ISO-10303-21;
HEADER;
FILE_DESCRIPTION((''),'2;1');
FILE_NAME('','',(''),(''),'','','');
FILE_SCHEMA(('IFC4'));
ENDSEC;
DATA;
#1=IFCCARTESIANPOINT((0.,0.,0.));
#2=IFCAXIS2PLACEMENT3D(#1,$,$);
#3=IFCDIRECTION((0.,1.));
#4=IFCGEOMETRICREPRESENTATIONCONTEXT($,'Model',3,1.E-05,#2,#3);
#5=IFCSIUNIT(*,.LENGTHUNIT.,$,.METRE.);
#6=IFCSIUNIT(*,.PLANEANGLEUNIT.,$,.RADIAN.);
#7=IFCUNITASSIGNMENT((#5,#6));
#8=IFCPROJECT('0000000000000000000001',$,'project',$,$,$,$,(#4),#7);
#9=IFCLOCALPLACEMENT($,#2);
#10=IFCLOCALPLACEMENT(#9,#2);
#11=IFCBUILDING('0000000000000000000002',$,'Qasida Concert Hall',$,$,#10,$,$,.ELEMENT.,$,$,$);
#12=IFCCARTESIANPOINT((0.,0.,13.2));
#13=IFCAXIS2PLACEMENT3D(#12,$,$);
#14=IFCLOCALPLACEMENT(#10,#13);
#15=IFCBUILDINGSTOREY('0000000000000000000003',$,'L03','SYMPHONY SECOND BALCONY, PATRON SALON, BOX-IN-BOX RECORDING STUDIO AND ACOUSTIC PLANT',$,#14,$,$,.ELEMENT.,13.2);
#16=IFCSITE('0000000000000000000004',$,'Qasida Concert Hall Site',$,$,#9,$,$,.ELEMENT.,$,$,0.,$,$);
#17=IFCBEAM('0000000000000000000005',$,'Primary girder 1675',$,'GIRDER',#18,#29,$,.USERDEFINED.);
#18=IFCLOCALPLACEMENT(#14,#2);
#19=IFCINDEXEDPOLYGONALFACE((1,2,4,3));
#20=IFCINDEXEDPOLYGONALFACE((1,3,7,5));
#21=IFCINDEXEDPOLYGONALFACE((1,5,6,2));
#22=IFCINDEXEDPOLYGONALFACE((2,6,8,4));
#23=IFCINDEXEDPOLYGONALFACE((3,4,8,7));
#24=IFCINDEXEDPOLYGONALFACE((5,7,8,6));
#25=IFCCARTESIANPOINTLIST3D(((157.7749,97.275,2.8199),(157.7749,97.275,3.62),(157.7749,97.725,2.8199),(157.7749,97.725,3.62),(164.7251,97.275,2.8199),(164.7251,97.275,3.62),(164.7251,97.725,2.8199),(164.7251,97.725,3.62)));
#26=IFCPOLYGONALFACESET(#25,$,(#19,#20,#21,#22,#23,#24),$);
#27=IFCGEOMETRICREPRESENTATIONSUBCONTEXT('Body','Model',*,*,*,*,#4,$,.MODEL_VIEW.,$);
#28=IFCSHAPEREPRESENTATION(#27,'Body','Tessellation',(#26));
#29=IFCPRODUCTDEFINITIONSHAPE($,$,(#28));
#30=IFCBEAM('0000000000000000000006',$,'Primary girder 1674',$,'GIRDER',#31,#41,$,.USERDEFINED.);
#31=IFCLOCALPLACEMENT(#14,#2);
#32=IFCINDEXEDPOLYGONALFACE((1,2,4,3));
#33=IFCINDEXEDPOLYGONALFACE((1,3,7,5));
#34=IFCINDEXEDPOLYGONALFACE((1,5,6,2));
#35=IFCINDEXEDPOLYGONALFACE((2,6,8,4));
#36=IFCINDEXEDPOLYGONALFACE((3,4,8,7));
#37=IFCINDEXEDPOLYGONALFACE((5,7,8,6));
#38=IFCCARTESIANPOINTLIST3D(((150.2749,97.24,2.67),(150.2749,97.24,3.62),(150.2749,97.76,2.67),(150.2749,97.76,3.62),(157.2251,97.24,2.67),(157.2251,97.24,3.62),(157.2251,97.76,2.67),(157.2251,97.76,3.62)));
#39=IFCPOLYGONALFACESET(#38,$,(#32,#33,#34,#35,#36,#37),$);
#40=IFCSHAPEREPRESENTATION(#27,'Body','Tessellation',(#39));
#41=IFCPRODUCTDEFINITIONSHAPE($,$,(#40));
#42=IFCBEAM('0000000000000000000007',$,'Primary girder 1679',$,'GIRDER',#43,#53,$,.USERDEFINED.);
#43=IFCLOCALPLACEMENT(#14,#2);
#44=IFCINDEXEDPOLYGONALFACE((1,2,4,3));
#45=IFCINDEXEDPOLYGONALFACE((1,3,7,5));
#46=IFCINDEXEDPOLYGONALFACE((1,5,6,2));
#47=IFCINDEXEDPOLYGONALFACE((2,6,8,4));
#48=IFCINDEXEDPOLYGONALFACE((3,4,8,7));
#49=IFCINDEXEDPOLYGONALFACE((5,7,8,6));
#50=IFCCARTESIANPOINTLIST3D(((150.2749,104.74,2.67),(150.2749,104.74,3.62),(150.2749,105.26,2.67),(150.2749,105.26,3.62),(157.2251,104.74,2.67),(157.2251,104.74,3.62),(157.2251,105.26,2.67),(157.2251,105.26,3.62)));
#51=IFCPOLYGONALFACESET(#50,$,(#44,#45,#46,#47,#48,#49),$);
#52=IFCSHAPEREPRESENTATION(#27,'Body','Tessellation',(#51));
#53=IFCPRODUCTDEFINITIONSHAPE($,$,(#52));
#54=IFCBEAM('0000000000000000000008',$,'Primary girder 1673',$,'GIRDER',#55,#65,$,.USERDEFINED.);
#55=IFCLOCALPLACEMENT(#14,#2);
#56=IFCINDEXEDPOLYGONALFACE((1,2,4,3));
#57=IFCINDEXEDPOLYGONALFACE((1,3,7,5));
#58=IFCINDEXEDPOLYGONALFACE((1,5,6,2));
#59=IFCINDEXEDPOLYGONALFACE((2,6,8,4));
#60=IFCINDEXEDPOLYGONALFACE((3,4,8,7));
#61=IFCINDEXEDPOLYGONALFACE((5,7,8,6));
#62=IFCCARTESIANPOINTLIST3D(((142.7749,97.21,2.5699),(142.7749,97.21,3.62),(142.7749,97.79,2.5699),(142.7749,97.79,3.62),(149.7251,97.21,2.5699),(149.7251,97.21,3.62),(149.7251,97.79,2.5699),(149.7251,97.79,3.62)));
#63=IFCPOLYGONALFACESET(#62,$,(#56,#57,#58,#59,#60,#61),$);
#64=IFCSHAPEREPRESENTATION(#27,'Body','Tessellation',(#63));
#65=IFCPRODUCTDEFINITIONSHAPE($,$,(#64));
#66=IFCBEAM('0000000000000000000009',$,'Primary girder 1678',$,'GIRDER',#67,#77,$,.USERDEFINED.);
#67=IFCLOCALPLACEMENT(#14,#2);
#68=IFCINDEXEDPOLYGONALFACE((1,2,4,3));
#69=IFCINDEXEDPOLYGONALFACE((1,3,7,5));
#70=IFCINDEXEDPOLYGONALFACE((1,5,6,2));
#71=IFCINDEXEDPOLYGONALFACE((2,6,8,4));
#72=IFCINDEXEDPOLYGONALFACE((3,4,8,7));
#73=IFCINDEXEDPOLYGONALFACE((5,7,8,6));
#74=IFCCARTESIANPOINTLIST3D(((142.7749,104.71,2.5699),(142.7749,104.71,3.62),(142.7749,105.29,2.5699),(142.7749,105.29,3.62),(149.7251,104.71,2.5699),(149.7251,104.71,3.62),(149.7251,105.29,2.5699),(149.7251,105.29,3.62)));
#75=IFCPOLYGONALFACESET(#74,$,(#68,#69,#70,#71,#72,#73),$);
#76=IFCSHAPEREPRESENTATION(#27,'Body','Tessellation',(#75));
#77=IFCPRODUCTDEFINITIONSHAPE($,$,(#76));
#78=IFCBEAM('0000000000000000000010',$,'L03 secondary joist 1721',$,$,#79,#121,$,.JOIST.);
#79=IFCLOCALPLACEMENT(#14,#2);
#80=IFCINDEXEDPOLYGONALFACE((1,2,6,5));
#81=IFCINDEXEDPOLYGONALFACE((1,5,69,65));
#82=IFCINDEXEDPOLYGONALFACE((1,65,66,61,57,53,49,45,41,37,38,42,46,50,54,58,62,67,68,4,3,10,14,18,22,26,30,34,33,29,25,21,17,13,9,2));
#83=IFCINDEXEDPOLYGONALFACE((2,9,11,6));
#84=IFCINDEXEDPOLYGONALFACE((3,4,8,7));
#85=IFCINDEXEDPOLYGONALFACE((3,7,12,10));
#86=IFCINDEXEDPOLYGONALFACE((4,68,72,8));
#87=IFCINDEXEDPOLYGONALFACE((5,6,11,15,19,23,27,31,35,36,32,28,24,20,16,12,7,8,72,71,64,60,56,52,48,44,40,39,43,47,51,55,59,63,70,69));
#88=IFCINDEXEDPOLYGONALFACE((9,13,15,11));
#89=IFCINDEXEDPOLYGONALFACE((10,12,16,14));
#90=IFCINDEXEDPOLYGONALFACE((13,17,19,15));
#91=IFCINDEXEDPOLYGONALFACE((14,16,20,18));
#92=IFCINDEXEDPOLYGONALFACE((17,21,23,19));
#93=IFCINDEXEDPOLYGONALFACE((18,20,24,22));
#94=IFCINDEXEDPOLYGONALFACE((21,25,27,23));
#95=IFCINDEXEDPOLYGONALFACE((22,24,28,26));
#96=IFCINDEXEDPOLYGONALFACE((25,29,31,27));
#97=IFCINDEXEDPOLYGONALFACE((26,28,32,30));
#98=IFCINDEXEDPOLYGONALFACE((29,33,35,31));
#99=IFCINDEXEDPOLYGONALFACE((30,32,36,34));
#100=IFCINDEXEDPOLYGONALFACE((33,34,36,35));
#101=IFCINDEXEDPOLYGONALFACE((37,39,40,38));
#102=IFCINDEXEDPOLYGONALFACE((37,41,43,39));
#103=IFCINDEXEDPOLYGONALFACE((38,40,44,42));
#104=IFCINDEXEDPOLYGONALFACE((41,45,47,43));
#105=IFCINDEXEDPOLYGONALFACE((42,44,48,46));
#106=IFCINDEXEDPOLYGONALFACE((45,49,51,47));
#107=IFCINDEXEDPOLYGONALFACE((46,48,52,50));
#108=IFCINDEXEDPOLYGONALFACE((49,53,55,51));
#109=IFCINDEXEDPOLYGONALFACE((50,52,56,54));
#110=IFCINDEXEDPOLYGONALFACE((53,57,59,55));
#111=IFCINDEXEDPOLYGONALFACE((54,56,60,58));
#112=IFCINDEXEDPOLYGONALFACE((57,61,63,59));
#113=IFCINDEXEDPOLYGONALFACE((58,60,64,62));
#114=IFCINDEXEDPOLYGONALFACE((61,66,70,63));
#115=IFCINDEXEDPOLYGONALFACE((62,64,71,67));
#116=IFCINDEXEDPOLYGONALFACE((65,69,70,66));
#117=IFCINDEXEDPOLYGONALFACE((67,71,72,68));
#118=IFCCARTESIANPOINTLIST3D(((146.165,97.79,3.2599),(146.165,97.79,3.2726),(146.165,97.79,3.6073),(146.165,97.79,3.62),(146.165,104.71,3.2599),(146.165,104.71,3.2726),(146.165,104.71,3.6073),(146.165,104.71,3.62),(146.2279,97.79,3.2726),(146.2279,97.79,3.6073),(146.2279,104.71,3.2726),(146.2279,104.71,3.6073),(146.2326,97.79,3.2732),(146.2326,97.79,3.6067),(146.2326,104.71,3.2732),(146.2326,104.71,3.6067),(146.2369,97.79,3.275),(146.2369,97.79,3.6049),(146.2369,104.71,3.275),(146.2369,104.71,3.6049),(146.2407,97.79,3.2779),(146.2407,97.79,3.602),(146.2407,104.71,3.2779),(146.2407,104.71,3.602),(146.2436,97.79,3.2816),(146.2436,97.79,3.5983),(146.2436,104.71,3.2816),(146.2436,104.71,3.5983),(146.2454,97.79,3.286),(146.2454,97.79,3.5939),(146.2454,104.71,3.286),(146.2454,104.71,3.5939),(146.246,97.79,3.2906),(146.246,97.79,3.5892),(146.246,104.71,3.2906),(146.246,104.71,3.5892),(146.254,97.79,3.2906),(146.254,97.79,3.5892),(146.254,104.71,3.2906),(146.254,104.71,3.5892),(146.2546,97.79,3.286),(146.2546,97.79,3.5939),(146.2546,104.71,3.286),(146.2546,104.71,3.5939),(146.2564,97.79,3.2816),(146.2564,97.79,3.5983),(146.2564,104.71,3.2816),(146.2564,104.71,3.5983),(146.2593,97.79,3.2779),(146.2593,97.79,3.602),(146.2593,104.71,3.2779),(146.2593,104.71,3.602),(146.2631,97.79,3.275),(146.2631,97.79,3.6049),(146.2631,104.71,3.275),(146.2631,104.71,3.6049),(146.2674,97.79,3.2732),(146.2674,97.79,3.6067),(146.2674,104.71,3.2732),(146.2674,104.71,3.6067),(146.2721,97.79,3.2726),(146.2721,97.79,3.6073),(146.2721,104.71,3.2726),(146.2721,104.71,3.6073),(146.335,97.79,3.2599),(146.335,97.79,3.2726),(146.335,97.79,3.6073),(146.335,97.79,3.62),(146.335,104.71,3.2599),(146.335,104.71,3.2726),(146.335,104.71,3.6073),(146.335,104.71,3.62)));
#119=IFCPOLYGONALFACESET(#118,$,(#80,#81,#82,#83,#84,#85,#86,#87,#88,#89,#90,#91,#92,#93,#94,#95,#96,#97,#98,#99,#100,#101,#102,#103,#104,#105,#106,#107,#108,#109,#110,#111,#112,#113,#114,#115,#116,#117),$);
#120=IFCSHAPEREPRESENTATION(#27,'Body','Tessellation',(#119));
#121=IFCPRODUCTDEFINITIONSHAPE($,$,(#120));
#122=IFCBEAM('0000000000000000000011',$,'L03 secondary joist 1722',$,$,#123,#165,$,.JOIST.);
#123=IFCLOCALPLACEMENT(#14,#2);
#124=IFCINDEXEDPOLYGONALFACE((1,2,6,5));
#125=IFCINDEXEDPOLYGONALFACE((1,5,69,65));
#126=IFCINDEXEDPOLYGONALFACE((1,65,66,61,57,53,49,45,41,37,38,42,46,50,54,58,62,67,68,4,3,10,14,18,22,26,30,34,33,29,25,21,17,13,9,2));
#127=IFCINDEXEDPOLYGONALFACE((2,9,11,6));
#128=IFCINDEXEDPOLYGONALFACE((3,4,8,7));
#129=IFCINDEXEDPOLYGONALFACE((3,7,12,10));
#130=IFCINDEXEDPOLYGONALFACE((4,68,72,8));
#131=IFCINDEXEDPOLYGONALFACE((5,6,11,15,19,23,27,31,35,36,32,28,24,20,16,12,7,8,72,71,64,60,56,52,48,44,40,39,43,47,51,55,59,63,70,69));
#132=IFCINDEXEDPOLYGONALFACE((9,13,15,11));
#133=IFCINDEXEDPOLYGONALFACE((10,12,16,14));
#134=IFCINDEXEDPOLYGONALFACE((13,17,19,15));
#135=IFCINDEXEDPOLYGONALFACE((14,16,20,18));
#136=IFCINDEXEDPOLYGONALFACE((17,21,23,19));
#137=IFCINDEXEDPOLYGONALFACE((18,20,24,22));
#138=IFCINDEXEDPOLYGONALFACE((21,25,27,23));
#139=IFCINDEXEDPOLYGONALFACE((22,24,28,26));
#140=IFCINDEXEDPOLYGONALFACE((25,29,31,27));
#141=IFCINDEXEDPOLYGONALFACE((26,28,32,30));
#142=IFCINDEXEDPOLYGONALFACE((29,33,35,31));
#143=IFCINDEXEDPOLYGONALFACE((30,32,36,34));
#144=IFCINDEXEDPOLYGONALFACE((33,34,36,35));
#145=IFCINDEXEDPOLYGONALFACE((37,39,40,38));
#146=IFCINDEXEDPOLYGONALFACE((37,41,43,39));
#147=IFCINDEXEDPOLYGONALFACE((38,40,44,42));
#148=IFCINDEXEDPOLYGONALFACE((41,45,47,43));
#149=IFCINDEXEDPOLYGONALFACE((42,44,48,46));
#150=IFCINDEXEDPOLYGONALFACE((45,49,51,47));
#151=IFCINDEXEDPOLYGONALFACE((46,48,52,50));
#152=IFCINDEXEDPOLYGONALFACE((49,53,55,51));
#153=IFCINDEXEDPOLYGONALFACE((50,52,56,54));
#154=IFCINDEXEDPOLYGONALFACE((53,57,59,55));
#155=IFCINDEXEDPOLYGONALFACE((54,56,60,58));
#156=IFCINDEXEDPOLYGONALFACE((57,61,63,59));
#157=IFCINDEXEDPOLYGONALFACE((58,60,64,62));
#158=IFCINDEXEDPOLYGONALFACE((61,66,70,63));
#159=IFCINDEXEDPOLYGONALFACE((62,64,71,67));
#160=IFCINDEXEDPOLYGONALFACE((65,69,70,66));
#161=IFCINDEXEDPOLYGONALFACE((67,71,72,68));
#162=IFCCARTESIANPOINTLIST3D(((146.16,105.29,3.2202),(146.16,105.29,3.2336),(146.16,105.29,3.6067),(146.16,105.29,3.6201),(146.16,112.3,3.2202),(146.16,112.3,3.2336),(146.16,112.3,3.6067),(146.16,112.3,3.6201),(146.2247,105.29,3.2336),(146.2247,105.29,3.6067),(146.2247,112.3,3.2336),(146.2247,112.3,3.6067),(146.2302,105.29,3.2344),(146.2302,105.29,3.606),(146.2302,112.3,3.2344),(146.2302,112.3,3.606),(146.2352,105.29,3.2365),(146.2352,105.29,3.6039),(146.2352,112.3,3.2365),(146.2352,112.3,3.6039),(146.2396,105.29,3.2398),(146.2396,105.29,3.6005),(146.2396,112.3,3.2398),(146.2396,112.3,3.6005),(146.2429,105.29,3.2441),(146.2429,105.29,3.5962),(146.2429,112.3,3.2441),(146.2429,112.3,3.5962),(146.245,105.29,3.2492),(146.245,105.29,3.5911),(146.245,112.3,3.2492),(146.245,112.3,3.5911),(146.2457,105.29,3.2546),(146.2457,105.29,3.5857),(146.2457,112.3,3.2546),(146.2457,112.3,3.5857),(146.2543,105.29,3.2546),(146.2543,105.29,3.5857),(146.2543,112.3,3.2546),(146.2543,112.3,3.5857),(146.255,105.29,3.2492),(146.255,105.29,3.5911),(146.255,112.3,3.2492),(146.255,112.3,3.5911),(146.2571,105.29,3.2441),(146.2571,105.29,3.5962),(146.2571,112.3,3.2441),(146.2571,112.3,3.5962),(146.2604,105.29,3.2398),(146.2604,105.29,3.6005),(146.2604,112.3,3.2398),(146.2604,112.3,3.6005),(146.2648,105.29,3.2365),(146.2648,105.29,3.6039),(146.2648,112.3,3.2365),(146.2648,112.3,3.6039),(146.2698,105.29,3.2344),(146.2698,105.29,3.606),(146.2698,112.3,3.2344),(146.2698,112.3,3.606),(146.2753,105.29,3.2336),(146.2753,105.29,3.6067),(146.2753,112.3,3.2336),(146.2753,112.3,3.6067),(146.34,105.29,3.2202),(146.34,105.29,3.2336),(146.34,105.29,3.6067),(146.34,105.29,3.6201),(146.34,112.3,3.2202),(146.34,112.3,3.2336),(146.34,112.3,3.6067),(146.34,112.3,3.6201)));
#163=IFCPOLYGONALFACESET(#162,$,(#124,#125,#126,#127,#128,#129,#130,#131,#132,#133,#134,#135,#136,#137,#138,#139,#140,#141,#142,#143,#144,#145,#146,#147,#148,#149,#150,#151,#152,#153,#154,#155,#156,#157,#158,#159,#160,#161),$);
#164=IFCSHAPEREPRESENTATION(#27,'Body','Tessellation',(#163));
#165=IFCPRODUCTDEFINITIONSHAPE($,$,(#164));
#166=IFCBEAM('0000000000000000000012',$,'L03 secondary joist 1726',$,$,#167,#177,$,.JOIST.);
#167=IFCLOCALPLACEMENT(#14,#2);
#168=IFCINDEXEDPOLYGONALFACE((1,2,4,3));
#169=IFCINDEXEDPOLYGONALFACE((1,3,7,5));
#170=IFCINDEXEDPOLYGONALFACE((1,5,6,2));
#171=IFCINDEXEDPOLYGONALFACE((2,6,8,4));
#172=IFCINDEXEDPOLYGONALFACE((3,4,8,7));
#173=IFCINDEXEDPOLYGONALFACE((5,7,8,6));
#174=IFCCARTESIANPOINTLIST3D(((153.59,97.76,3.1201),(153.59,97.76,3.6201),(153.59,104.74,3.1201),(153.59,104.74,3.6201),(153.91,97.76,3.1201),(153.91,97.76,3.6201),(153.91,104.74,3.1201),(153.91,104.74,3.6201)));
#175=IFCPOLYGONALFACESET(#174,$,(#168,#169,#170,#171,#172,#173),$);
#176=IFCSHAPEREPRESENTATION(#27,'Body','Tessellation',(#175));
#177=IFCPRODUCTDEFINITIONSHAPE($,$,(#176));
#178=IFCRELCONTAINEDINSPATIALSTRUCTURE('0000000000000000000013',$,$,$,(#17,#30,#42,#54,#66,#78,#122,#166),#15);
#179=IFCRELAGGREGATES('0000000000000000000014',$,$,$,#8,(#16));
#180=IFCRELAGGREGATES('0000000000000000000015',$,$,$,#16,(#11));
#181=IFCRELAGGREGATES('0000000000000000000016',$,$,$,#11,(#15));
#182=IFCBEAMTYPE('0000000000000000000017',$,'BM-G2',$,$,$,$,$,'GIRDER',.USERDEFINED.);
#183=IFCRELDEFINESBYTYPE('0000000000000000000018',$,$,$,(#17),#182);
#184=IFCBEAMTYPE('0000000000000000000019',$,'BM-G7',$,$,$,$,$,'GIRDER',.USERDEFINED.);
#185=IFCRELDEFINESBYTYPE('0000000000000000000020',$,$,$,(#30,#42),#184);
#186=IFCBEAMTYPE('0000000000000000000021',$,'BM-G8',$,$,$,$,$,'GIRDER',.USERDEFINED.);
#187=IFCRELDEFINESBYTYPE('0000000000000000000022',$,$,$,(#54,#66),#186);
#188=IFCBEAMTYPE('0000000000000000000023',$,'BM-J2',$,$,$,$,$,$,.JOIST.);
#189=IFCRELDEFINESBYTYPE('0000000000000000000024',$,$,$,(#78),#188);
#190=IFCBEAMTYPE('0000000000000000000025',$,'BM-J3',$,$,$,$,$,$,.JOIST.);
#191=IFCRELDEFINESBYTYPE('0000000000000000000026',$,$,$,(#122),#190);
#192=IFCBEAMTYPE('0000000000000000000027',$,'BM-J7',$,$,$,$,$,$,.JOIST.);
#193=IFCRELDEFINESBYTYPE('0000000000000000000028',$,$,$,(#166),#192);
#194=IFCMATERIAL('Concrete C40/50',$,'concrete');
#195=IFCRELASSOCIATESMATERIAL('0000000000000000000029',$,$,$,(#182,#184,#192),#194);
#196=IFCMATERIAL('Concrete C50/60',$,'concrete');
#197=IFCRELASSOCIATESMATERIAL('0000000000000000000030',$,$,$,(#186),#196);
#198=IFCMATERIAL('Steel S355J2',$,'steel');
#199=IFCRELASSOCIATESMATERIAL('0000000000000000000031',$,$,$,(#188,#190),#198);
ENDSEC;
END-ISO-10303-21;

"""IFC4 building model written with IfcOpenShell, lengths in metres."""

from ifc_helpers import new_model, si_unit, direction, frame, origin, origin_2d, place, context, subcontext, project, spatial, rectangle, i_section, extrude, material, material_profile, profile_set, type_object, element, save


model = new_model("IFC4")

# Units and contexts
model_context = context("Model", 3, precision=1e-05, world=origin(), true_north=direction((0.0, 1.0)))
body_context = subcontext(model_context, "Body", "Model", "MODEL_VIEW")
ifc_project = project(units=[si_unit("LENGTHUNIT", "METRE"), si_unit("PLANEANGLEUNIT", "RADIAN")], contexts=[model_context])

# Site, building, storey
site_placement = place(None, origin())
site = spatial("IfcSite", under=ifc_project, at=site_placement, Name="Qasida Concert Hall Site", CompositionType="ELEMENT", RefElevation=0.0)
building_placement = place(site_placement, origin())
building = spatial("IfcBuilding", under=site, at=building_placement, Name="Qasida Concert Hall", CompositionType="ELEMENT")
storey_placement = place(building_placement, frame((0.0, 0.0, 13.2)))
storey = spatial("IfcBuildingStorey", under=building, at=storey_placement, Name="L03", Description="SYMPHONY SECOND BALCONY, PATRON SALON, BOX-IN-BOX RECORDING STUDIO AND ACOUSTIC PLANT", CompositionType="ELEMENT", Elevation=13.2)

# Shared definitions
ifc_material_1 = material(Name="Concrete C50/60", Category="concrete")

# Beams
ifc_material_2 = material(Name="Concrete C40/50", Category="concrete")
ifc_material_3 = material(Name="Steel S355J2", Category="steel")
ifc_material_profile_1 = material_profile(ifc_material_2, rectangle(XDim=0.45, YDim=0.8, at=origin_2d()), Name="RC 450x800")
ifc_profile_set_1 = profile_set([ifc_material_profile_1], Name="Concrete C40/50")
beam_type_1 = type_object("IfcBeamType", Name="BM-G2", ElementType="GIRDER", PredefinedType="USERDEFINED", material=ifc_profile_set_1)
beam_1_placement = place(storey_placement, frame((157.7749, 97.5, 3.22), z_axis=(1.0, 0.0, 0.0), x_axis=(0.0, 1.0, 0.0)))
element("IfcBeam", 1, at=beam_1_placement, inside=storey, type_object=beam_type_1, Name="Primary girder 1675", ObjectType="GIRDER", PredefinedType="USERDEFINED", context=body_context, shape_type="SweptSolid", body=[
    extrude(rectangle(XDim=0.45, YDim=0.8, at=origin_2d()), origin(), (0.0, 0.0, 1.0), 6.9502),
])
ifc_material_profile_2 = material_profile(ifc_material_2, rectangle(XDim=0.52, YDim=0.95, at=origin_2d()), Name="RC 520x950")
ifc_profile_set_2 = profile_set([ifc_material_profile_2], Name="Concrete C40/50")
beam_type_2 = type_object("IfcBeamType", Name="BM-G7", ElementType="GIRDER", PredefinedType="USERDEFINED", material=ifc_profile_set_2)
for number, where, z_axis, x_axis, name in (
    (2, (150.2749, 97.5, 3.145), (1.0, 0.0, 0.0), (0.0, 1.0, 0.0), "Primary girder 1674"),
    (3, (150.2749, 105.0, 3.145), (1.0, 0.0, 0.0), (0.0, 1.0, 0.0), "Primary girder 1679"),
):
    element("IfcBeam", number, at=place(storey_placement, frame(where, z_axis=z_axis, x_axis=x_axis)), inside=storey, type_object=beam_type_2, Name=name, ObjectType="GIRDER", PredefinedType="USERDEFINED", context=body_context, shape_type="SweptSolid", body=[
        extrude(rectangle(XDim=0.52, YDim=0.95, at=origin_2d()), origin(), (0.0, 0.0, 1.0), 6.9502),
    ])
ifc_material_profile_3 = material_profile(ifc_material_1, rectangle(XDim=0.5801, YDim=1.05, at=origin_2d()), Name="RC 580x1050")
ifc_profile_set_3 = profile_set([ifc_material_profile_3], Name="Concrete C50/60")
beam_type_3 = type_object("IfcBeamType", Name="BM-G8", ElementType="GIRDER", PredefinedType="USERDEFINED", material=ifc_profile_set_3)
for number, where, z_axis, x_axis, name in (
    (4, (142.7749, 97.5, 3.095), (1.0, 0.0, 0.0), (0.0, 1.0, 0.0), "Primary girder 1673"),
    (5, (142.7749, 105.0, 3.095), (1.0, 0.0, 0.0), (0.0, 1.0, 0.0), "Primary girder 1678"),
):
    element("IfcBeam", number, at=place(storey_placement, frame(where, z_axis=z_axis, x_axis=x_axis)), inside=storey, type_object=beam_type_3, Name=name, ObjectType="GIRDER", PredefinedType="USERDEFINED", context=body_context, shape_type="SweptSolid", body=[
        extrude(rectangle(XDim=0.5801, YDim=1.05, at=origin_2d()), origin(), (0.0, 0.0, 1.0), 6.9502),
    ])
ifc_material_profile_4 = material_profile(ifc_material_3, i_section(OverallWidth=0.1699, OverallDepth=0.3601, WebThickness=0.0081, FlangeThickness=0.0127, FilletRadius=0.0181, at=origin_2d()), Name="IPE 360")
ifc_profile_set_4 = profile_set([ifc_material_profile_4], Name="Steel S355J2")
beam_type_4 = type_object("IfcBeamType", Name="BM-J2", PredefinedType="JOIST", material=ifc_profile_set_4)
beam_2_placement = place(storey_placement, frame((146.25, 97.79, 3.4399), z_axis=(0.0, 1.0, 0.0), x_axis=(-1.0, 0.0, 0.0)))
element("IfcBeam", 6, at=beam_2_placement, inside=storey, type_object=beam_type_4, Name="L03 secondary joist 1721", PredefinedType="JOIST", context=body_context, shape_type="SweptSolid", body=[
    extrude(i_section(OverallWidth=0.1699, OverallDepth=0.3601, WebThickness=0.0081, FlangeThickness=0.0127, FilletRadius=0.0181, at=origin_2d()), origin(), (0.0, 0.0, 1.0), 6.9199),
])
ifc_material_profile_5 = material_profile(ifc_material_3, i_section(OverallWidth=0.1799, OverallDepth=0.3999, WebThickness=0.0085, FlangeThickness=0.0134, FilletRadius=0.021, at=origin_2d()), Name="IPE 400")
ifc_profile_set_5 = profile_set([ifc_material_profile_5], Name="Steel S355J2")
beam_type_5 = type_object("IfcBeamType", Name="BM-J3", PredefinedType="JOIST", material=ifc_profile_set_5)
beam_3_placement = place(storey_placement, frame((146.25, 105.29, 3.4202), z_axis=(0.0, 1.0, 0.0), x_axis=(-1.0, 0.0, 0.0)))
element("IfcBeam", 7, at=beam_3_placement, inside=storey, type_object=beam_type_5, Name="L03 secondary joist 1722", PredefinedType="JOIST", context=body_context, shape_type="SweptSolid", body=[
    extrude(i_section(OverallWidth=0.1799, OverallDepth=0.3999, WebThickness=0.0085, FlangeThickness=0.0134, FilletRadius=0.021, at=origin_2d()), origin(), (0.0, 0.0, 1.0), 7.01),
])
ifc_material_profile_6 = material_profile(ifc_material_2, rectangle(XDim=0.3201, YDim=0.5, at=origin_2d()), Name="RC 320x500")
ifc_profile_set_6 = profile_set([ifc_material_profile_6], Name="Concrete C40/50")
beam_type_6 = type_object("IfcBeamType", Name="BM-J7", PredefinedType="JOIST", material=ifc_profile_set_6)
beam_4_placement = place(storey_placement, frame((153.75, 97.76, 3.3701), z_axis=(0.0, 1.0, 0.0), x_axis=(-1.0, 0.0, 0.0)))
element("IfcBeam", 8, at=beam_4_placement, inside=storey, type_object=beam_type_6, Name="L03 secondary joist 1726", PredefinedType="JOIST", context=body_context, shape_type="SweptSolid", body=[
    extrude(rectangle(XDim=0.3201, YDim=0.5, at=origin_2d()), origin(), (0.0, 0.0, 1.0), 6.98),
])

save(model, "model.ifc")
